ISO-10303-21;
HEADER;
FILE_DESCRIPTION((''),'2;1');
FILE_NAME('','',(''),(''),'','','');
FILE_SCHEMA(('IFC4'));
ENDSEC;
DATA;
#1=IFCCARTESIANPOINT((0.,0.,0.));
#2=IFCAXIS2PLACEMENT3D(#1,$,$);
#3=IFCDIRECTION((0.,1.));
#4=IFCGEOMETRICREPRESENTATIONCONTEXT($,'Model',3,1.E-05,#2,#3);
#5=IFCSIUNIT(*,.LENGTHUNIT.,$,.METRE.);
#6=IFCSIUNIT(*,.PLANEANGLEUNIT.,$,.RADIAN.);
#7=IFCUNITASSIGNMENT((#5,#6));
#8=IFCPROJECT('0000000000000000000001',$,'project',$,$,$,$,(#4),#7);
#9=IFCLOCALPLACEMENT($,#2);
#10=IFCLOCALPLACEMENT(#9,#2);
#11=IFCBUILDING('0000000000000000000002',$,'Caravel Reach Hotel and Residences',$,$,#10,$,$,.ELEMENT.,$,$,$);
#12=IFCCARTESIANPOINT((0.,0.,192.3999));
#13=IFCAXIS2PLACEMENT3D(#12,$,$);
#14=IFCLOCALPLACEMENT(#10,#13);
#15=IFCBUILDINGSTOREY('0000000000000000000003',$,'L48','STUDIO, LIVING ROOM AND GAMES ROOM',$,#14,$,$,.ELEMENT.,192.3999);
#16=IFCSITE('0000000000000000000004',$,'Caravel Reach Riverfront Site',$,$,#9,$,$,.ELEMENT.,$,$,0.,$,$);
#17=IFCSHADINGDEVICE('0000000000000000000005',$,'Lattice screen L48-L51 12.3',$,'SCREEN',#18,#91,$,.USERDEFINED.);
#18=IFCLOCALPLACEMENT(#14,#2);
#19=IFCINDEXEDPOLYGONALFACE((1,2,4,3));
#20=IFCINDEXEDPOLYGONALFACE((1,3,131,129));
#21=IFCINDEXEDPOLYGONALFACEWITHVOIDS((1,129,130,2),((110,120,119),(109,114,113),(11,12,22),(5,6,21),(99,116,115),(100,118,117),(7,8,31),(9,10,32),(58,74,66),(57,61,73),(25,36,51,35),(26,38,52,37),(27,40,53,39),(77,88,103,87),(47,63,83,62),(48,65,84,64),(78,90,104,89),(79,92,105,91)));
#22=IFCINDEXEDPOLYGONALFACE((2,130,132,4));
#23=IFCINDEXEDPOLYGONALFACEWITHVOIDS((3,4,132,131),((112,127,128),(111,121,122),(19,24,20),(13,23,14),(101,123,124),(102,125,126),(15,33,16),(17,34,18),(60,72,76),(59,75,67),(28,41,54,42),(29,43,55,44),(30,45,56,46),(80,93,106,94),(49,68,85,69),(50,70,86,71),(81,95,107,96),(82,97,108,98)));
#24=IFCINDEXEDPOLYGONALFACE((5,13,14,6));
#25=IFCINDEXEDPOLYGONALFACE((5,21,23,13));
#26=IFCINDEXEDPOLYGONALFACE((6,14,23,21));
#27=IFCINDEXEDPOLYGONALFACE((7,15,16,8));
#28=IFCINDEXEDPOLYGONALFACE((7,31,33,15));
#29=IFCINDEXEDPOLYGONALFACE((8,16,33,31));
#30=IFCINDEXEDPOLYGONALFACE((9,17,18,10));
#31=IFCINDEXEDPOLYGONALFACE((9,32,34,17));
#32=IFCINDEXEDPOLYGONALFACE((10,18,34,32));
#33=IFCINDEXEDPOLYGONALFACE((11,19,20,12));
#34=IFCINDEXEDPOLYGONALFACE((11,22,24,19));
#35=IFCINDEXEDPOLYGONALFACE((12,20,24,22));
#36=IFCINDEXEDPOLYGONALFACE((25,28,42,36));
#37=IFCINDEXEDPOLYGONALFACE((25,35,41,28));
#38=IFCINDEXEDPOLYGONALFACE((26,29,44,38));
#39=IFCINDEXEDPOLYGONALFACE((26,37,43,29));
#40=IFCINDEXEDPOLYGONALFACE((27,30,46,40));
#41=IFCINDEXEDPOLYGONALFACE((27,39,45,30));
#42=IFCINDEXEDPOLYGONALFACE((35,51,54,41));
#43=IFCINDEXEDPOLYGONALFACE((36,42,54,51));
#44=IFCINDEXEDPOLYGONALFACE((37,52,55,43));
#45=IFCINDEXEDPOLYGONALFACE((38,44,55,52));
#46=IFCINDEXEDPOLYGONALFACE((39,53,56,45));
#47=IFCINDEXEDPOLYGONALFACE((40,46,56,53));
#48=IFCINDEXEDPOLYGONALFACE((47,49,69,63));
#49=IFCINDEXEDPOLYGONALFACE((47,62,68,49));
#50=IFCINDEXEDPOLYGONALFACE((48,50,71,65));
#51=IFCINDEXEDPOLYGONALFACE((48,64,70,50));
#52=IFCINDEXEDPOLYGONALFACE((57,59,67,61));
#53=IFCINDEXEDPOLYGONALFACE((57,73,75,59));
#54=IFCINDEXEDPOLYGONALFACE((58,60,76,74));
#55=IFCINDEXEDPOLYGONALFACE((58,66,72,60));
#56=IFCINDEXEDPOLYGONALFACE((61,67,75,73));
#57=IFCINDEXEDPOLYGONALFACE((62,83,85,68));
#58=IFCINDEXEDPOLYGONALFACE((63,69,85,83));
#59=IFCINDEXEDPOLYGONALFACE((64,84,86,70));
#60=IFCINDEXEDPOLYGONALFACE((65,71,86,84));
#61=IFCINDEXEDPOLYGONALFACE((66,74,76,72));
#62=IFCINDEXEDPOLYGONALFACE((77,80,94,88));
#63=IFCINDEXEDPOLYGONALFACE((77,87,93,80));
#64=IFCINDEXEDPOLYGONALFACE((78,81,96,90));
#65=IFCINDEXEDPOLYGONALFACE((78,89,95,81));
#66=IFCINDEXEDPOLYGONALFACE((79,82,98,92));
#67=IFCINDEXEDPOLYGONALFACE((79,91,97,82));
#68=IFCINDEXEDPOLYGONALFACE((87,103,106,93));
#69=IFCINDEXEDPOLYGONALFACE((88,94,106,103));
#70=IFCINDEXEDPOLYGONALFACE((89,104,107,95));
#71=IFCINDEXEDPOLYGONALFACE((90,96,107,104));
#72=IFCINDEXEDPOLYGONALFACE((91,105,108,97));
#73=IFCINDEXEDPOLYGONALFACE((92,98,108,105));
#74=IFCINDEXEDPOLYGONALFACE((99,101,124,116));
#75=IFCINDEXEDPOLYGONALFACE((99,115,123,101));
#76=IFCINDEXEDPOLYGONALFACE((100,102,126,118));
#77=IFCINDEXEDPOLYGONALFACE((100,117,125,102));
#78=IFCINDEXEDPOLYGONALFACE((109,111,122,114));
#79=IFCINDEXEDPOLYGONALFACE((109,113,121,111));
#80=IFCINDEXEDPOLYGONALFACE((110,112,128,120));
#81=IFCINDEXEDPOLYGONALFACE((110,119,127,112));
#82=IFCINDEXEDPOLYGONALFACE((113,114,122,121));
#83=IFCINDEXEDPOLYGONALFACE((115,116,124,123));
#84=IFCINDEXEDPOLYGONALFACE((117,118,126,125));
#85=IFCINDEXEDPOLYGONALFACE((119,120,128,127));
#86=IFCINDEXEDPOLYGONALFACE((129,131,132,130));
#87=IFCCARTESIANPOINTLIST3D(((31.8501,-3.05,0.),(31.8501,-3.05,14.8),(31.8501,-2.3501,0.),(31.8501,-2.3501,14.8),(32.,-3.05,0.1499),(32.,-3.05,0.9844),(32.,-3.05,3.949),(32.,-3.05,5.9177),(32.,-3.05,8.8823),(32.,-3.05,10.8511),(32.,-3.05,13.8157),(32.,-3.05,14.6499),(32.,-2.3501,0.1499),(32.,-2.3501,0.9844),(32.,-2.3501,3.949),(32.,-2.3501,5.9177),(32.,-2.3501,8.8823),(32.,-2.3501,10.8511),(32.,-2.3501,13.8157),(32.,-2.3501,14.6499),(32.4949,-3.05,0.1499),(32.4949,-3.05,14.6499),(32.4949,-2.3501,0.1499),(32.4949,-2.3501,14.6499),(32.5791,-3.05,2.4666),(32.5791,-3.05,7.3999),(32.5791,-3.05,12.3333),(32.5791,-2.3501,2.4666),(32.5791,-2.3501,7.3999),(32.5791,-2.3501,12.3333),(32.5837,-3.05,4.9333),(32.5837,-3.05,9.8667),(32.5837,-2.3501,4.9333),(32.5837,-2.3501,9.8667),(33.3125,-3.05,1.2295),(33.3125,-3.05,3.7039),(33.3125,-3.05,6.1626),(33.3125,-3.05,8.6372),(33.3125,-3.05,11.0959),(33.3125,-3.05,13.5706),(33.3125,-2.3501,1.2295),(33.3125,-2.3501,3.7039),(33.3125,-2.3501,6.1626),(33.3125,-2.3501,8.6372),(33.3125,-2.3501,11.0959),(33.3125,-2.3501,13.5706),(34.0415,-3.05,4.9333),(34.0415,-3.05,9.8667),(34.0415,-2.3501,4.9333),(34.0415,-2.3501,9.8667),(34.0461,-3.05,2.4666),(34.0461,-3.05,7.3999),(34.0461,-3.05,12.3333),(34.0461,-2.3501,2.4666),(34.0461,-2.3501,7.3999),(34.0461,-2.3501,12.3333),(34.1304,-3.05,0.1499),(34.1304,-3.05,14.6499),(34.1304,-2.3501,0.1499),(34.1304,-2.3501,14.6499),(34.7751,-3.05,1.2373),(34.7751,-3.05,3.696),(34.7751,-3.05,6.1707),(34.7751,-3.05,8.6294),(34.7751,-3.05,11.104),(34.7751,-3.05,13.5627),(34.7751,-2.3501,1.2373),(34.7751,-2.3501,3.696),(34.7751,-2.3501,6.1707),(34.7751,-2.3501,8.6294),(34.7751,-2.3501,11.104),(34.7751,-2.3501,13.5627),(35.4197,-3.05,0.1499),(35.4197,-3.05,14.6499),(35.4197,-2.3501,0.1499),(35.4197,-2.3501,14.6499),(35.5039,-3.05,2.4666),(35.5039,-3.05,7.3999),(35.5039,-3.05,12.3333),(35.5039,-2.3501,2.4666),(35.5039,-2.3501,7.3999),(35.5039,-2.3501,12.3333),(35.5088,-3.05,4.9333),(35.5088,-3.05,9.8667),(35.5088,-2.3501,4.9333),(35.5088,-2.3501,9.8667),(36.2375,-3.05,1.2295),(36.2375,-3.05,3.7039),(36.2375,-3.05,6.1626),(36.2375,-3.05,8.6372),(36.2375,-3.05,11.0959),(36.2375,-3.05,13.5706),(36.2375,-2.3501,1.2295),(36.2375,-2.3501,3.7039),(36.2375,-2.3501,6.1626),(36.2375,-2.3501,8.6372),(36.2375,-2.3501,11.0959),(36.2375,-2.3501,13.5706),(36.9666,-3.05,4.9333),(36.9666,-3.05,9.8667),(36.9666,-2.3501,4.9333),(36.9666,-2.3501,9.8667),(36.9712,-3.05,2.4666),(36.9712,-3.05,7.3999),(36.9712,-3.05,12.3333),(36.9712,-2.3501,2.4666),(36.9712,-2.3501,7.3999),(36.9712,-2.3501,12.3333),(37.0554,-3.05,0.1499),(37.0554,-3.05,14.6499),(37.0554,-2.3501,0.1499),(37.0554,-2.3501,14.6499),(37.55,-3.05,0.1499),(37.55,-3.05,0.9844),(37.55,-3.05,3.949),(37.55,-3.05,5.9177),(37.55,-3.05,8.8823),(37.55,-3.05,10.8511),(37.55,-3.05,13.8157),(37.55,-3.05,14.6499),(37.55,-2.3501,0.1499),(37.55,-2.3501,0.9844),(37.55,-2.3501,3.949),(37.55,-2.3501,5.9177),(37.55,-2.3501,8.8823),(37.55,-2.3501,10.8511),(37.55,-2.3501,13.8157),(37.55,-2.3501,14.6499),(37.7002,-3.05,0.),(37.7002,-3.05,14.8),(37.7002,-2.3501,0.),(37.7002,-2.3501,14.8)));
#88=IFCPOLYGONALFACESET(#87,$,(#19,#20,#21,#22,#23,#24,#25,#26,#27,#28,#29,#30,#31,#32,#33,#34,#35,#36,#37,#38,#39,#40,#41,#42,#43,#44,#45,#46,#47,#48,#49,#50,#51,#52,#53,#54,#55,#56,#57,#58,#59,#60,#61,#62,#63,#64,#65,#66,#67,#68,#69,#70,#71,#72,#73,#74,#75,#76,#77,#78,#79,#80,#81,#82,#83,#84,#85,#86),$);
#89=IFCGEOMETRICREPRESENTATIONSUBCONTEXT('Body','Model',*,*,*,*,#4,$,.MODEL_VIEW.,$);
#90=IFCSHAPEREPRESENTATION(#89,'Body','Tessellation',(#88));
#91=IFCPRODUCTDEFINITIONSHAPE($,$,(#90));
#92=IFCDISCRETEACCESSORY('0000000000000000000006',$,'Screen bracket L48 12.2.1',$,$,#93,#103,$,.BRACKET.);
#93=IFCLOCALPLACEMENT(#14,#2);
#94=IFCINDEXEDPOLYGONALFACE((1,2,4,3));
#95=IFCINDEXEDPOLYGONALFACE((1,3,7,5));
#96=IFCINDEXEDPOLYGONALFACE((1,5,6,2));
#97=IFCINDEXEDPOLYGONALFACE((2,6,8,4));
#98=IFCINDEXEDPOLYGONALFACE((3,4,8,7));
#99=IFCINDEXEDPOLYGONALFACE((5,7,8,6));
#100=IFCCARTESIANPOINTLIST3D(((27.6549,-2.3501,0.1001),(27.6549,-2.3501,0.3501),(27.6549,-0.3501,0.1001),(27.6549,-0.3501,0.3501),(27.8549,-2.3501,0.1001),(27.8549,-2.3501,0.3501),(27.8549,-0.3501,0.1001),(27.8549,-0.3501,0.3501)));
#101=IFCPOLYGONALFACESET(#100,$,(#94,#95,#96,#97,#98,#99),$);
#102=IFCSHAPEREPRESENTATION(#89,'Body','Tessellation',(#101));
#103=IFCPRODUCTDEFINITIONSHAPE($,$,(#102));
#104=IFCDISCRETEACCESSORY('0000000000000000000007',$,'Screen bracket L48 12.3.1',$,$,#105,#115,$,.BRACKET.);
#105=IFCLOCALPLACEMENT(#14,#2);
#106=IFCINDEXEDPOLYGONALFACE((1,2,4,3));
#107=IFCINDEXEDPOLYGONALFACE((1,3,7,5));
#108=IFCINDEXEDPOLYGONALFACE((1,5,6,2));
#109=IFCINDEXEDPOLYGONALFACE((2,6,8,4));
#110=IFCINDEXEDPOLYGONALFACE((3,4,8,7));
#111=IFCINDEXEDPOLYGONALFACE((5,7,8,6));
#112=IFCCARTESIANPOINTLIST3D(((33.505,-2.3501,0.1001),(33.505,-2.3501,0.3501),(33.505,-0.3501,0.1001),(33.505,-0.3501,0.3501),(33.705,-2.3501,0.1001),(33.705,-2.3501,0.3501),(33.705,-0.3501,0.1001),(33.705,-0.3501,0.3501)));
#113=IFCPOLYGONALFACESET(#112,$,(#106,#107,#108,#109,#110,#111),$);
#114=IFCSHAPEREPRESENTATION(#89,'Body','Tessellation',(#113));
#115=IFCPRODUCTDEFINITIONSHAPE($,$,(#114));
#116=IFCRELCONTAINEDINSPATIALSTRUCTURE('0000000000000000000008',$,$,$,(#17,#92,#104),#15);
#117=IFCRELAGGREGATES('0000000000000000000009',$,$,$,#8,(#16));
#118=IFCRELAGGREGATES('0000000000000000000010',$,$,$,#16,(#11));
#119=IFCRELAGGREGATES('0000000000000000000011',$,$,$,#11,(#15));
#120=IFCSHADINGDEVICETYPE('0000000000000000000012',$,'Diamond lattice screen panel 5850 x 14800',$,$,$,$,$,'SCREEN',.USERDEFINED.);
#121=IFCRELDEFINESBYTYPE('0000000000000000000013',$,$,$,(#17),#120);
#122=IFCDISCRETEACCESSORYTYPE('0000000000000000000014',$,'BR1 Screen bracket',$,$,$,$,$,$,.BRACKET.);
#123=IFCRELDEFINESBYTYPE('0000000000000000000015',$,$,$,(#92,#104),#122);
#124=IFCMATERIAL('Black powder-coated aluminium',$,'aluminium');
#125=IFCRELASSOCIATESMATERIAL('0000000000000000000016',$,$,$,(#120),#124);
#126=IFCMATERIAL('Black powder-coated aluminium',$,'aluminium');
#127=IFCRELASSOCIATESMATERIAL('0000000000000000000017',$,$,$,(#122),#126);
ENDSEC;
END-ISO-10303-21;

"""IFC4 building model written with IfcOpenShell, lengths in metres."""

from ifc_helpers import new_model, si_unit, direction, frame, origin, origin_2d, place, context, subcontext, project, spatial, polyline, rectangle, outline, extrude, material, type_object, element, save


model = new_model("IFC4")

# Units and contexts
model_context = context("Model", 3, precision=1e-05, world=origin(), true_north=direction((0.0, 1.0)))
body_context = subcontext(model_context, "Body", "Model", "MODEL_VIEW")
ifc_project = project(units=[si_unit("LENGTHUNIT", "METRE"), si_unit("PLANEANGLEUNIT", "RADIAN")], contexts=[model_context])

# Site, building, storey
site_placement = place(None, origin())
site = spatial("IfcSite", under=ifc_project, at=site_placement, Name="Caravel Reach Riverfront Site", CompositionType="ELEMENT", RefElevation=0.0)
building_placement = place(site_placement, origin())
building = spatial("IfcBuilding", under=site, at=building_placement, Name="Caravel Reach Hotel and Residences", CompositionType="ELEMENT")
storey_placement = place(building_placement, frame((0.0, 0.0, 192.3999)))
storey = spatial("IfcBuildingStorey", under=building, at=storey_placement, Name="L48", Description="STUDIO, LIVING ROOM AND GAMES ROOM", CompositionType="ELEMENT", Elevation=192.3999)

# Shading device
ifc_material_1 = material(Name="Black powder-coated aluminium", Category="aluminium")
shading_device_type = type_object("IfcShadingDeviceType", Name="Diamond lattice screen panel 5850 x 14800", ElementType="SCREEN", PredefinedType="USERDEFINED", material=ifc_material_1)
shading_device_placement = place(storey_placement, frame((31.8501, -2.3501, 0.0), z_axis=(0.0, -1.0, 0.0), x_axis=(1.0, 0.0, 0.0)))
element("IfcShadingDevice", 1, at=shading_device_placement, inside=storey, type_object=shading_device_type, Name="Lattice screen L48-L51 12.3", ObjectType="SCREEN", PredefinedType="USERDEFINED", context=body_context, shape_type="SweptSolid", body=[
    extrude(outline(polyline([(0.0, 0.0), (5.8501, 0.0), (5.8501, 14.8), (0.0, 14.8), (0.0, 0.0)]), holes=[polyline([(0.6448, 0.1499), (0.1499, 0.9844), (0.1499, 0.1499), (0.6448, 0.1499)]), polyline([(0.7336, 4.9333), (0.1499, 5.9177), (0.1499, 3.949), (0.7336, 4.9333)]), polyline([(0.7336, 9.8667), (0.1499, 10.8511), (0.1499, 8.8823), (0.7336, 9.8667)]), polyline([(0.1499, 13.8157), (0.6448, 14.6499), (0.1499, 14.6499), (0.1499, 13.8157)]), polyline([(1.4624, 3.7039), (0.729, 2.4666), (1.4624, 1.2295), (2.196, 2.4666), (1.4624, 3.7039)]), polyline([(1.4624, 8.6372), (0.729, 7.3999), (1.4624, 6.1626), (2.196, 7.3999), (1.4624, 8.6372)]), polyline([(1.4624, 13.5706), (0.729, 12.3333), (1.4624, 11.0959), (2.196, 12.3333), (1.4624, 13.5706)]), polyline([(2.925, 1.2373), (2.2803, 0.1499), (3.5696, 0.1499), (2.925, 1.2373)]), polyline([(2.925, 6.1707), (2.1914, 4.9333), (2.925, 3.696), (3.6587, 4.9333), (2.925, 6.1707)]), polyline([(2.925, 11.104), (2.1914, 9.8667), (2.925, 8.6294), (3.6587, 9.8667), (2.925, 11.104)]), polyline([(2.925, 13.5627), (3.5696, 14.6499), (2.2803, 14.6499), (2.925, 13.5627)]), polyline([(4.3875, 3.7039), (3.6538, 2.4666), (4.3875, 1.2295), (5.1211, 2.4666), (4.3875, 3.7039)]), polyline([(4.3875, 8.6372), (3.6538, 7.3999), (4.3875, 6.1626), (5.1211, 7.3999), (4.3875, 8.6372)]), polyline([(4.3875, 13.5706), (3.6538, 12.3333), (4.3875, 11.0959), (5.1211, 12.3333), (4.3875, 13.5706)]), polyline([(5.7, 0.9844), (5.2053, 0.1499), (5.7, 0.1499), (5.7, 0.9844)]), polyline([(5.1165, 4.9333), (5.7, 3.949), (5.7, 5.9177), (5.1165, 4.9333)]), polyline([(5.1165, 9.8667), (5.7, 8.8823), (5.7, 10.8511), (5.1165, 9.8667)]), polyline([(5.2053, 14.6499), (5.7, 13.8157), (5.7, 14.6499), (5.2053, 14.6499)])]), origin(), (0.0, 0.0, 1.0), 0.7),
])

# Discrete accessories
ifc_material_2 = material(Name="Black powder-coated aluminium", Category="aluminium")
discrete_accessory_type = type_object("IfcDiscreteAccessoryType", Name="BR1 Screen bracket", PredefinedType="BRACKET", material=ifc_material_2)
for number, where, z_axis, x_axis, name in (
    (2, (27.7549, -1.3501, 0.1001), (0.0, 0.0, 1.0), (0.0, -1.0, 0.0), "Screen bracket L48 12.2.1"),
    (3, (33.605, -1.3501, 0.1001), (0.0, 0.0, 1.0), (0.0, -1.0, 0.0), "Screen bracket L48 12.3.1"),
):
    element("IfcDiscreteAccessory", number, at=place(storey_placement, frame(where, z_axis=z_axis, x_axis=x_axis)), inside=storey, type_object=discrete_accessory_type, Name=name, PredefinedType="BRACKET", context=body_context, shape_type="SweptSolid", body=[
        extrude(rectangle(XDim=2.0, YDim=0.2, at=origin_2d()), origin(), (0.0, 0.0, 1.0), 0.25),
    ])

save(model, "model.ifc")
